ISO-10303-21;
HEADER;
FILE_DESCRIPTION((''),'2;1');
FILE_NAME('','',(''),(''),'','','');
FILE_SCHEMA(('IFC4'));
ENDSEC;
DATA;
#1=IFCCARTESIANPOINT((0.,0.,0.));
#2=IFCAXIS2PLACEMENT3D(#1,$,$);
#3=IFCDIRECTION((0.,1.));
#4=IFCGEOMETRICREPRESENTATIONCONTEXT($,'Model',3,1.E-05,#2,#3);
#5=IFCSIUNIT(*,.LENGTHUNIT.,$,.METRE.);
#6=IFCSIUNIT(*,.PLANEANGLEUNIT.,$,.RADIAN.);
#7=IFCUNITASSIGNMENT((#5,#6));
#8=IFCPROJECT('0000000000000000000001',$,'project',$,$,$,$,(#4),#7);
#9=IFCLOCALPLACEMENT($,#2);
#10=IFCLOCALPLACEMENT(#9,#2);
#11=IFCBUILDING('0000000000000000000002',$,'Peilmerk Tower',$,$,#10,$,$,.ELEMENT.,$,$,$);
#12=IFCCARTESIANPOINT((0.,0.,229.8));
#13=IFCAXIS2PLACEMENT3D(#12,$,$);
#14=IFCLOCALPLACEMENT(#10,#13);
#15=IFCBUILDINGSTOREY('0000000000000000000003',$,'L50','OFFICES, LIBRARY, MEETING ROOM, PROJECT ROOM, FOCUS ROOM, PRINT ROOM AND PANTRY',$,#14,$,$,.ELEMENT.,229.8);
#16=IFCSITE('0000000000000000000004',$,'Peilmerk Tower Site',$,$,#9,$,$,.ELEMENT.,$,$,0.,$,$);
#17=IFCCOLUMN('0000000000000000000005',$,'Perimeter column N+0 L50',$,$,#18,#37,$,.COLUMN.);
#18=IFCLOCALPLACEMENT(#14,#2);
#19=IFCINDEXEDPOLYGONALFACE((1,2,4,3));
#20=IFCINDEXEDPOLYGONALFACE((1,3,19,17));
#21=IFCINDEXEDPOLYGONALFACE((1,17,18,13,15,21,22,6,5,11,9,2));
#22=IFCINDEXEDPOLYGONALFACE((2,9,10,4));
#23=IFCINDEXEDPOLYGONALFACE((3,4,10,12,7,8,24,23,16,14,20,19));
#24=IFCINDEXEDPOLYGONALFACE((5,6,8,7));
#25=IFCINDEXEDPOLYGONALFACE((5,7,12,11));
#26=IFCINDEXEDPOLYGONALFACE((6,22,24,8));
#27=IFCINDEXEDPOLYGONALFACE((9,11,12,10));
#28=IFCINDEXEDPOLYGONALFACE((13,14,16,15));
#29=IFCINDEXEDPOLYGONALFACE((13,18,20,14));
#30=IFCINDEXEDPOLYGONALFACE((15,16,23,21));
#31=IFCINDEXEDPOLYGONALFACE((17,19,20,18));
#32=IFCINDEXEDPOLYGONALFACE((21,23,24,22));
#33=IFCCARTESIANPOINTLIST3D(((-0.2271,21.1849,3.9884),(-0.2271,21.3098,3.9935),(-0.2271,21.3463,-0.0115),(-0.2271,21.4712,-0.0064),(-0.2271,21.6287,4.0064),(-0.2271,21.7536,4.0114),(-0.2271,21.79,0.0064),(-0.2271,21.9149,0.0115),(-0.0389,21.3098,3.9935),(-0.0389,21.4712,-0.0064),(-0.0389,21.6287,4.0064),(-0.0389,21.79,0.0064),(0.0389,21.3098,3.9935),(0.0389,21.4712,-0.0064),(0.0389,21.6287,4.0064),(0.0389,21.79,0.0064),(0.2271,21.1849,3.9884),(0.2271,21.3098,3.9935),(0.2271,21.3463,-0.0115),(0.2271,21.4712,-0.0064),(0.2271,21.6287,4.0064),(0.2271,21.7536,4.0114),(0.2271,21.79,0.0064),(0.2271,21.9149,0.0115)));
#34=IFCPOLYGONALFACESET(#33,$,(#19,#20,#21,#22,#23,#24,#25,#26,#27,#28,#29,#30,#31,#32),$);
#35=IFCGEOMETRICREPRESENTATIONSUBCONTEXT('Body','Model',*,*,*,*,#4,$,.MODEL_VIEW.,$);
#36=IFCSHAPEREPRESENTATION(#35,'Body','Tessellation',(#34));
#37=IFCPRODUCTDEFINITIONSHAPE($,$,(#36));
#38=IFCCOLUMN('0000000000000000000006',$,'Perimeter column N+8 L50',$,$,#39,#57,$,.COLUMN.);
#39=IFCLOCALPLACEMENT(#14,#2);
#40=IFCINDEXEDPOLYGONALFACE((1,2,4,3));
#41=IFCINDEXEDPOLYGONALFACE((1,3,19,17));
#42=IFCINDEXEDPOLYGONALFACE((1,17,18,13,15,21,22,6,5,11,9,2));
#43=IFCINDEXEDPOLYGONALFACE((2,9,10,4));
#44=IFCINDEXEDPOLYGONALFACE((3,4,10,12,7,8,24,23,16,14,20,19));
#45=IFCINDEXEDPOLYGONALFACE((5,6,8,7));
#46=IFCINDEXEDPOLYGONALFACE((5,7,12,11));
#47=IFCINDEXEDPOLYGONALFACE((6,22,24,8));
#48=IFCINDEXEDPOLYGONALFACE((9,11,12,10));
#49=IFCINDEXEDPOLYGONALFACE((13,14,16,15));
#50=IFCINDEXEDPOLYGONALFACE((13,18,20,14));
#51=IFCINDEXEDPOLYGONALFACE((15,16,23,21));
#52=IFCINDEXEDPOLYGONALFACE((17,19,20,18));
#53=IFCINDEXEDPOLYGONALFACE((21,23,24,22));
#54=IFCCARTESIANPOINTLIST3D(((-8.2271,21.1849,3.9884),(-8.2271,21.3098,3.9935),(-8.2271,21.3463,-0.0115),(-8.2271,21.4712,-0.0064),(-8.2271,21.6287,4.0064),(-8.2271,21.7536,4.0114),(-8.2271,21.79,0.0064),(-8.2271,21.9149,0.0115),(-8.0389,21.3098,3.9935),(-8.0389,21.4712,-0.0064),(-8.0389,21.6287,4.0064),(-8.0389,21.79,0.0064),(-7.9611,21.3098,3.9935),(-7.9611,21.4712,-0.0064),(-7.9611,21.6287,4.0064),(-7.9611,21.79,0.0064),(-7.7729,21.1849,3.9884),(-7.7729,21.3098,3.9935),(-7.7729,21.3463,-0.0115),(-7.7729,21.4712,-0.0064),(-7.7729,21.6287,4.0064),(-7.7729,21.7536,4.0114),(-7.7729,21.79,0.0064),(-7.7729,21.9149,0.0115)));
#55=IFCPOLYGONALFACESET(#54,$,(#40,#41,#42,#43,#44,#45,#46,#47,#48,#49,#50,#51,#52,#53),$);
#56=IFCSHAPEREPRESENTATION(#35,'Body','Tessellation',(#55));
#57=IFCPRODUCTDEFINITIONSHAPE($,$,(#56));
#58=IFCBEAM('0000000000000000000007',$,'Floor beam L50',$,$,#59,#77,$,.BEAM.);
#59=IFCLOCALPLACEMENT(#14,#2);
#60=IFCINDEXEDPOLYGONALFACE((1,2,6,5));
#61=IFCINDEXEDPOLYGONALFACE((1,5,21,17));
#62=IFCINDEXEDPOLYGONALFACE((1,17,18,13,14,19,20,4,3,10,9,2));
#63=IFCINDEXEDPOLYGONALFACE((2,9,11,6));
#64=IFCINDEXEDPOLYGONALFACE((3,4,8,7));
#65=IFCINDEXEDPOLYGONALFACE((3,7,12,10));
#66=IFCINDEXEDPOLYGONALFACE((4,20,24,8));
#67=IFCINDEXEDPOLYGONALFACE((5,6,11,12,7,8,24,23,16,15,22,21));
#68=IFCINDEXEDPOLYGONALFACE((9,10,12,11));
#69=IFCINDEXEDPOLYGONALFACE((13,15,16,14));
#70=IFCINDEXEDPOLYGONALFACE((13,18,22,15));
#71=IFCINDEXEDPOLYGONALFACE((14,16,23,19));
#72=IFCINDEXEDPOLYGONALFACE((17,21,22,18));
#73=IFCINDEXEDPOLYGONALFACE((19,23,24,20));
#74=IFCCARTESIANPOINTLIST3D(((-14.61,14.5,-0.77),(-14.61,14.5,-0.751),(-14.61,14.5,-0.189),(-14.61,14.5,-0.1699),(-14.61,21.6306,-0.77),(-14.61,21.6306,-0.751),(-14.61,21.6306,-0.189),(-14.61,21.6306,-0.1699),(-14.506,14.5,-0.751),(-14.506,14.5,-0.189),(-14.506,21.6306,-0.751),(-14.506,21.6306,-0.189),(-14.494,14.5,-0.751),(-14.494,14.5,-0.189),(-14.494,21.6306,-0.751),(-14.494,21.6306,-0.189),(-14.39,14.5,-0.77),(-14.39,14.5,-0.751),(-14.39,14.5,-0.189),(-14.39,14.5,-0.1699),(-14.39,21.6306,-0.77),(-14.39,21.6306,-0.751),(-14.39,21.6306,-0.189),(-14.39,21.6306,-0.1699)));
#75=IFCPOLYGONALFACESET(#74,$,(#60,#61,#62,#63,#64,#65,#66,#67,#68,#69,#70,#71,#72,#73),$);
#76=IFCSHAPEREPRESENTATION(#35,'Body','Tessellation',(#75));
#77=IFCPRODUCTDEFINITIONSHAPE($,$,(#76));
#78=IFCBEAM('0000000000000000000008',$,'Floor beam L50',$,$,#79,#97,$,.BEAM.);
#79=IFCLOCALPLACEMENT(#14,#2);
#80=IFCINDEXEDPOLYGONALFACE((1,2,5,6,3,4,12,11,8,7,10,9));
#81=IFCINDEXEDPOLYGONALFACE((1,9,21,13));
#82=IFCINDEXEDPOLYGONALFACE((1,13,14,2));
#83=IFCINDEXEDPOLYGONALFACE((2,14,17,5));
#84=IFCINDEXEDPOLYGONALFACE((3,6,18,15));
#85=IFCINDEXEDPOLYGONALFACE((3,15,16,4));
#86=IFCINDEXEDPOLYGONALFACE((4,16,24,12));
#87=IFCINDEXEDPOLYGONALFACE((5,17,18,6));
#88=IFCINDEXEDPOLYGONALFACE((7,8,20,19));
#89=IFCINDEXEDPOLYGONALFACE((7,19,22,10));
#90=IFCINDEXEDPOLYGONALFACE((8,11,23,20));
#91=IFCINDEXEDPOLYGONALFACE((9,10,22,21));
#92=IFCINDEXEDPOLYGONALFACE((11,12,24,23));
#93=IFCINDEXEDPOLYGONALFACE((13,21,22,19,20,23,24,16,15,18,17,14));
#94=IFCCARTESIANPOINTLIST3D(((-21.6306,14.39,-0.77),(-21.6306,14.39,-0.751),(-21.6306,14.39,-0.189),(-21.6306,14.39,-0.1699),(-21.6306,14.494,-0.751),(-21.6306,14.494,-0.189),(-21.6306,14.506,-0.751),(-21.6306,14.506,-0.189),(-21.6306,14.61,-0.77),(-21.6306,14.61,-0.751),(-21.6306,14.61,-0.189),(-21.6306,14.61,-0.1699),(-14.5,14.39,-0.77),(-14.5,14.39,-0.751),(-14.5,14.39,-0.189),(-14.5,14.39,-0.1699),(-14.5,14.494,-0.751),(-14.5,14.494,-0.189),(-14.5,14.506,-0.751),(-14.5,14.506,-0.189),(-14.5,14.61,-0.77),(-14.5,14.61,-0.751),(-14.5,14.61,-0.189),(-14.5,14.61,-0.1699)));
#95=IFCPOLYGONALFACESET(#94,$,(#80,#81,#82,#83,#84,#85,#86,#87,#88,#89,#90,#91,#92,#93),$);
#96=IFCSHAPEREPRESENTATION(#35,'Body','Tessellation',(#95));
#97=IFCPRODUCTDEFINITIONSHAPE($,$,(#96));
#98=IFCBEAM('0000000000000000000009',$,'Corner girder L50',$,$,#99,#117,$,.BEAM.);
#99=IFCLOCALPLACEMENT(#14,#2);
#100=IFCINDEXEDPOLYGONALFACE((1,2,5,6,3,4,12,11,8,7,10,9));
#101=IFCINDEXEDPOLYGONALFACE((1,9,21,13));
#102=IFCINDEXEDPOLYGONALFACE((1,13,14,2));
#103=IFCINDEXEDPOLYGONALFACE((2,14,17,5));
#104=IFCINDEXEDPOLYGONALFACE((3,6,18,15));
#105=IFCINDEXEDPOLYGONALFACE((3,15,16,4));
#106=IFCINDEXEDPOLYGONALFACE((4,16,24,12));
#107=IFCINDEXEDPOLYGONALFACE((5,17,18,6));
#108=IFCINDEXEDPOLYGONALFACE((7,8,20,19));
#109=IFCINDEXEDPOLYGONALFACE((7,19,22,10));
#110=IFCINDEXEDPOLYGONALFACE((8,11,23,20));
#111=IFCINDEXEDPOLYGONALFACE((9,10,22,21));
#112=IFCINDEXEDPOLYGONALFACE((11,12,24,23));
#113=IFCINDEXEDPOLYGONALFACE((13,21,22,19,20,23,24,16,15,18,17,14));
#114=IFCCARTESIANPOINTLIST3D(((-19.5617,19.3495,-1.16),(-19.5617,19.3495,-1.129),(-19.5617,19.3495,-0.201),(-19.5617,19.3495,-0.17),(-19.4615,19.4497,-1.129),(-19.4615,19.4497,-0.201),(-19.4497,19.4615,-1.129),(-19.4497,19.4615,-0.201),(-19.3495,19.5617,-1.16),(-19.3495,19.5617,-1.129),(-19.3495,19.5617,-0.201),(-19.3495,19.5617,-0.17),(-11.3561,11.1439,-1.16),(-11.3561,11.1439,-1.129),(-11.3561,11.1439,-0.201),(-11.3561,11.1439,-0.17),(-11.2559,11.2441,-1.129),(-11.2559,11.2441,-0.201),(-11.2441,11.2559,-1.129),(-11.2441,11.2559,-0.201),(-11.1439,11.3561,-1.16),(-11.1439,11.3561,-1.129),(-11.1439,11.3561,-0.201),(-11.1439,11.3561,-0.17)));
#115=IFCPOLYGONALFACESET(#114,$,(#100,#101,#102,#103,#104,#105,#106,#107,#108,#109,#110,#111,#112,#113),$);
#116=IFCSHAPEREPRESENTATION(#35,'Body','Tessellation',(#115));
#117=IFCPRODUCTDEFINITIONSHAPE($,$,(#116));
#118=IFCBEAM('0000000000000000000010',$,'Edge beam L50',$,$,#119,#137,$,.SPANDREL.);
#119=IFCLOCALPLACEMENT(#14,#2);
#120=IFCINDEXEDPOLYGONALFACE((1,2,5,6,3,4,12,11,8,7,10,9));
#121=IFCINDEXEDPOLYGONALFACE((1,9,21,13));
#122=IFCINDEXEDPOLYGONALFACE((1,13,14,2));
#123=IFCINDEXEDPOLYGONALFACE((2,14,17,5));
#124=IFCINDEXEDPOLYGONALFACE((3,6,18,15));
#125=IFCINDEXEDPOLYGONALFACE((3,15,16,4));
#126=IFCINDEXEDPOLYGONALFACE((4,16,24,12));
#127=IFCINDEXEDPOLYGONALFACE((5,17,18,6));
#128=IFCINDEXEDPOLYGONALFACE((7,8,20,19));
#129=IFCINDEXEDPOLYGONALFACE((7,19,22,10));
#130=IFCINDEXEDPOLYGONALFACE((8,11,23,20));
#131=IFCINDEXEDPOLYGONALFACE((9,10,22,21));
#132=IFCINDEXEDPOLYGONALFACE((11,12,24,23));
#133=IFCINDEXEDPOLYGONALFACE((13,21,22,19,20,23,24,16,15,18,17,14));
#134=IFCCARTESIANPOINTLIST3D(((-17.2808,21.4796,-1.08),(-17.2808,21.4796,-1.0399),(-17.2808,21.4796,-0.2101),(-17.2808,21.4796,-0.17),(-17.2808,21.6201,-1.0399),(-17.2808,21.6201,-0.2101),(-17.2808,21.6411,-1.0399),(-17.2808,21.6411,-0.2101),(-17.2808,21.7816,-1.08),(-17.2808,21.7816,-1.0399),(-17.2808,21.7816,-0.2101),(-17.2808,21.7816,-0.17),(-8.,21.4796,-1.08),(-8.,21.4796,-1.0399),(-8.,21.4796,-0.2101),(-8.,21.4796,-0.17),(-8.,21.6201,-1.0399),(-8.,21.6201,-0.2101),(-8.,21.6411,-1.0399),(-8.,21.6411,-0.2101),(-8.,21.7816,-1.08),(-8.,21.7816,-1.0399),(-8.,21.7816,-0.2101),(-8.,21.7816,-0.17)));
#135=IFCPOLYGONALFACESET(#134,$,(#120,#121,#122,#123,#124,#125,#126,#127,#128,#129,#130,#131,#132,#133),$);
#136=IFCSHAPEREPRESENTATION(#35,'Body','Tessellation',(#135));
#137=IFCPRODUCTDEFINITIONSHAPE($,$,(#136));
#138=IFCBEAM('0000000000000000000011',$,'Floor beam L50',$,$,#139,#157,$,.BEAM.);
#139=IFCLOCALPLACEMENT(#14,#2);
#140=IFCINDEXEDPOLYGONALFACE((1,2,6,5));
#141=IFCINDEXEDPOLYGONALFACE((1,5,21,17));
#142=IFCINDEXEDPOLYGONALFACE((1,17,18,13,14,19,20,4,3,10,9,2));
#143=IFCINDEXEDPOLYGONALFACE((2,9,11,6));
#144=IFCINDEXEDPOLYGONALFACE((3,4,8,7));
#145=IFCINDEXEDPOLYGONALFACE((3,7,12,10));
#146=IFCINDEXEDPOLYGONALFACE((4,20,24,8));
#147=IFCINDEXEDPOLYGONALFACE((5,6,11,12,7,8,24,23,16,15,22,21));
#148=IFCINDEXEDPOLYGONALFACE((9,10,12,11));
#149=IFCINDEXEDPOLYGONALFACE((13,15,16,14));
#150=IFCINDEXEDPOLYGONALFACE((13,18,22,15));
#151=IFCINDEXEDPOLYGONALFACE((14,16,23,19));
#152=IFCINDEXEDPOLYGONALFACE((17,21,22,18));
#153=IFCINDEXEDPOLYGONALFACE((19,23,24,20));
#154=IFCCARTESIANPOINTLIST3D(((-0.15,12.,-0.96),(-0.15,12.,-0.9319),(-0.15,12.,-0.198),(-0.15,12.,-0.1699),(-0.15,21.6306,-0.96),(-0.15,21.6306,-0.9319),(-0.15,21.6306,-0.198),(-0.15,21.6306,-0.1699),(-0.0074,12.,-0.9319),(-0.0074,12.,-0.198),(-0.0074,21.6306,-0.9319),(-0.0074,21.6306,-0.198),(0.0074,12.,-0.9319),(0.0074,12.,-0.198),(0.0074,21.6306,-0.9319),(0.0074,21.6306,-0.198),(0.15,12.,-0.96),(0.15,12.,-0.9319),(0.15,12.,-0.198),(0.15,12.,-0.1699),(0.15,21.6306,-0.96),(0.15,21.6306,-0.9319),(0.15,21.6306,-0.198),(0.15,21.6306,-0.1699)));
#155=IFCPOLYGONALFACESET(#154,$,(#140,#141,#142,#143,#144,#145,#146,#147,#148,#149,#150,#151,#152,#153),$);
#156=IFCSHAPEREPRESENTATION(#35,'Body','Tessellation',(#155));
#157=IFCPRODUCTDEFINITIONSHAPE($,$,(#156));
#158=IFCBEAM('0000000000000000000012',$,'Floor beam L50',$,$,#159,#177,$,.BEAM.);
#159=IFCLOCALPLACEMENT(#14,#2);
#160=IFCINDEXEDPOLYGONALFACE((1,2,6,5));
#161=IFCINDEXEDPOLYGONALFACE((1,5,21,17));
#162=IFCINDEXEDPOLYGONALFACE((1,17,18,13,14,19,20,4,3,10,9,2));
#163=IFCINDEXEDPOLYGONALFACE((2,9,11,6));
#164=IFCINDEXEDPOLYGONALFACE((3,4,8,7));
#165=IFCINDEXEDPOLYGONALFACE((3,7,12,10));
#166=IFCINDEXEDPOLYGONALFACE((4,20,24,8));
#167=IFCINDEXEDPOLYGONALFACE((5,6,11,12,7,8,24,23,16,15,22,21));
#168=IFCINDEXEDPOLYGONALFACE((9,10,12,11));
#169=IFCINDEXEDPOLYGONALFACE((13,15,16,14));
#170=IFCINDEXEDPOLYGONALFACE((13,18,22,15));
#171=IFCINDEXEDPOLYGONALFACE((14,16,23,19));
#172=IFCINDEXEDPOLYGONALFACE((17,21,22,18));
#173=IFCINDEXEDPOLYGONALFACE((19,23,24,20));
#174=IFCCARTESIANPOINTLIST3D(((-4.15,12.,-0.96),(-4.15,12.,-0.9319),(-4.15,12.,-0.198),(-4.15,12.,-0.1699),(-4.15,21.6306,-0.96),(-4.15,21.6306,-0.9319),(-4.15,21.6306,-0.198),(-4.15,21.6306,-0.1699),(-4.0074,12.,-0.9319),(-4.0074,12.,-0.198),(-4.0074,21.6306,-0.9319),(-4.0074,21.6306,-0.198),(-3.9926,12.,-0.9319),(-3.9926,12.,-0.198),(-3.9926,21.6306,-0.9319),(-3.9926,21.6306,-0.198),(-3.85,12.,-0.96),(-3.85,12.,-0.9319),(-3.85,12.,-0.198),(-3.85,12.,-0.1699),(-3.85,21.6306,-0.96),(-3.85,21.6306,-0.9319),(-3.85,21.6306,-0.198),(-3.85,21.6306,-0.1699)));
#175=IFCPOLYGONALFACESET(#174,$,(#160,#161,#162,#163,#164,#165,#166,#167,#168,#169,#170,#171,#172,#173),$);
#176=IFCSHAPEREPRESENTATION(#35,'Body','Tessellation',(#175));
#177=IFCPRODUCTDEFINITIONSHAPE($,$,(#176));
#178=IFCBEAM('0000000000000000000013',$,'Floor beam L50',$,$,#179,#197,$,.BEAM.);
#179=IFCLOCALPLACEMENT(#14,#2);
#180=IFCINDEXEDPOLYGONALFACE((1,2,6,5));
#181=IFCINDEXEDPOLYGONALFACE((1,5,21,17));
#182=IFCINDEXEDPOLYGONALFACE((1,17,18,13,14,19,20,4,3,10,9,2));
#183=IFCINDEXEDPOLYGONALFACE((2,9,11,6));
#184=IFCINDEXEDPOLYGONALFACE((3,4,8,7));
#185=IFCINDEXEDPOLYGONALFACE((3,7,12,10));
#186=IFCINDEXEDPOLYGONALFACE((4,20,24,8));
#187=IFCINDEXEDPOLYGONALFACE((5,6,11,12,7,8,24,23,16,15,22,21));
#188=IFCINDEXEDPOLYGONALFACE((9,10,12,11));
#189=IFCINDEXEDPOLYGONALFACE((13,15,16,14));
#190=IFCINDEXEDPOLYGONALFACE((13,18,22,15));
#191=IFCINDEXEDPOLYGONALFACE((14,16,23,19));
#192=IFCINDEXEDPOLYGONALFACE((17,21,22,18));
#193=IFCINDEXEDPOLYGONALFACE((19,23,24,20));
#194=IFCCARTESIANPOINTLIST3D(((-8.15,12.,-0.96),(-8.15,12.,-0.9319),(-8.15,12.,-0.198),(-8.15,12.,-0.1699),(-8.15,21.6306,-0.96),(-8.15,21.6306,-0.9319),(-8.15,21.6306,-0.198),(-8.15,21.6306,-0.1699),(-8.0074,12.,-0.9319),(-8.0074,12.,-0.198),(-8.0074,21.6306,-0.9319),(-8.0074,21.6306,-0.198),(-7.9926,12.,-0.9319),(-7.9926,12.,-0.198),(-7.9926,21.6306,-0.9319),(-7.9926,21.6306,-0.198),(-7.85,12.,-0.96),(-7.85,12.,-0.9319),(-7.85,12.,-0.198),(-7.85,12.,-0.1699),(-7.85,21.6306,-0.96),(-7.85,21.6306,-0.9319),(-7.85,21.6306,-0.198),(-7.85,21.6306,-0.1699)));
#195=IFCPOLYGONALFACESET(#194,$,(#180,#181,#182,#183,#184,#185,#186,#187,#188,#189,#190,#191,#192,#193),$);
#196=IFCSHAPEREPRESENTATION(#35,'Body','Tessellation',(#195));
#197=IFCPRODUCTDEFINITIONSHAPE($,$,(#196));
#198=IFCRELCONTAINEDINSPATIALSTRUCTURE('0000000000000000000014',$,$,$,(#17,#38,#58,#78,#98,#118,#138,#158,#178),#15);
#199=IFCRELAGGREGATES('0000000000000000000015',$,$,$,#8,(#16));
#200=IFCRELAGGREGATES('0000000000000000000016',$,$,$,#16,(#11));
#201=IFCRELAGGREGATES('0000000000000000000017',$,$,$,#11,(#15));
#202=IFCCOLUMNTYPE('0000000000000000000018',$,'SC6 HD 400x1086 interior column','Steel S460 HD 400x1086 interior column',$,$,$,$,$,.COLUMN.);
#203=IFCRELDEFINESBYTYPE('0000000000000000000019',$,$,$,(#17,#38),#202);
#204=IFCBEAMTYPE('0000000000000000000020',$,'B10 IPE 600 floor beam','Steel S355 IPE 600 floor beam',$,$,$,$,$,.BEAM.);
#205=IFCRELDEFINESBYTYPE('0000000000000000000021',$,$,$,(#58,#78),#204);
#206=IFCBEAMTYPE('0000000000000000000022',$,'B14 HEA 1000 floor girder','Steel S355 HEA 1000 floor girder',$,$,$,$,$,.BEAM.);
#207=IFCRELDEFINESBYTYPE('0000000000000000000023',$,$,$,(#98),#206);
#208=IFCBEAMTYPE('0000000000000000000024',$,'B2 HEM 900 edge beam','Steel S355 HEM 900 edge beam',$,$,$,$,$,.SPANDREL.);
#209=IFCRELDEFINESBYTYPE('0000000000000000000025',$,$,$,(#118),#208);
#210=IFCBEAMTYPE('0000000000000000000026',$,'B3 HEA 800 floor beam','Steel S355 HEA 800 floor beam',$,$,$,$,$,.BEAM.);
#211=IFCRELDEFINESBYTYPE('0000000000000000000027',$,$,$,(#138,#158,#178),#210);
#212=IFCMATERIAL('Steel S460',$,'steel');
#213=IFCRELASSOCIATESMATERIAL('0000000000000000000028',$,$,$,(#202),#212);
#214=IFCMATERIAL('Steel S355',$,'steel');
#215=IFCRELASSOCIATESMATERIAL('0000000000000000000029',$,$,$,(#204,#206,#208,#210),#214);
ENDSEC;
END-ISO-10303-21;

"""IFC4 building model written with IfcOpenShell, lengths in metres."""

from ifc_helpers import new_model, si_unit, direction, frame, origin, origin_2d, place, context, subcontext, project, spatial, i_section, extrude, material, material_profile, profile_set, type_object, element, save


model = new_model("IFC4")

# Units and contexts
model_context = context("Model", 3, precision=1e-05, world=origin(), true_north=direction((0.0, 1.0)))
body_context = subcontext(model_context, "Body", "Model", "MODEL_VIEW")
ifc_project = project(units=[si_unit("LENGTHUNIT", "METRE"), si_unit("PLANEANGLEUNIT", "RADIAN")], contexts=[model_context])

# Site, building, storey
site_placement = place(None, origin())
site = spatial("IfcSite", under=ifc_project, at=site_placement, Name="Peilmerk Tower Site", CompositionType="ELEMENT", RefElevation=0.0)
building_placement = place(site_placement, origin())
building = spatial("IfcBuilding", under=site, at=building_placement, Name="Peilmerk Tower", CompositionType="ELEMENT")
storey_placement = place(building_placement, frame((0.0, 0.0, 229.8)))
storey = spatial("IfcBuildingStorey", under=building, at=storey_placement, Name="L50", Description="OFFICES, LIBRARY, MEETING ROOM, PROJECT ROOM, FOCUS ROOM, PRINT ROOM AND PANTRY", CompositionType="ELEMENT", Elevation=229.8)

# Columns
ifc_material_1 = material(Name="Steel S460", Category="steel")
ifc_material_profile_1 = material_profile(ifc_material_1, i_section(OverallWidth=0.4541, OverallDepth=0.5691, WebThickness=0.0779, FlangeThickness=0.125, at=origin_2d()), Name="HD 400x1086")
ifc_profile_set_1 = profile_set([ifc_material_profile_1], Name="Steel S460")
column_type = type_object("IfcColumnType", Name="SC6 HD 400x1086 interior column", Description="Steel S460 HD 400x1086 interior column", PredefinedType="COLUMN", material=ifc_profile_set_1)
for number, where, z_axis, x_axis, name in (
    (1, (0.0, 21.6306, 0.0), (0.0, -0.040311, 0.999187), (1.0, 0.0, 0.0), "Perimeter column N+0 L50"),
    (2, (-8.0, 21.6306, 0.0), (0.0, -0.040311, 0.999187), (1.0, 0.0, 0.0), "Perimeter column N+8 L50"),
):
    element("IfcColumn", number, at=place(storey_placement, frame(where, z_axis=z_axis, x_axis=x_axis)), inside=storey, type_object=column_type, Name=name, PredefinedType="COLUMN", context=body_context, shape_type="SweptSolid", body=[
        extrude(i_section(OverallWidth=0.4541, OverallDepth=0.5691, WebThickness=0.0779, FlangeThickness=0.125, at=origin_2d()), origin(), (0.0, 0.0, 1.0), 4.0032),
    ])

# Beams
ifc_material_2 = material(Name="Steel S355", Category="steel")
ifc_material_profile_2 = material_profile(ifc_material_2, i_section(OverallWidth=0.22, OverallDepth=0.6001, WebThickness=0.012, FlangeThickness=0.019, at=origin_2d()), Name="IPE 600")
ifc_profile_set_2 = profile_set([ifc_material_profile_2], Name="Steel S355")
beam_type_1 = type_object("IfcBeamType", Name="B10 IPE 600 floor beam", Description="Steel S355 IPE 600 floor beam", PredefinedType="BEAM", material=ifc_profile_set_2)
for number, where, z_axis, x_axis, name in (
    (3, (-14.5, 14.5, -0.47), (0.0, 1.0, 0.0), (-1.0, 0.0, 0.0), "Floor beam L50"),
    (4, (-14.5, 14.5, -0.47), (-1.0, 0.0, 0.0), (0.0, -1.0, 0.0), "Floor beam L50"),
):
    element("IfcBeam", number, at=place(storey_placement, frame(where, z_axis=z_axis, x_axis=x_axis)), inside=storey, type_object=beam_type_1, Name=name, PredefinedType="BEAM", context=body_context, shape_type="SweptSolid", body=[
        extrude(i_section(OverallWidth=0.22, OverallDepth=0.6001, WebThickness=0.012, FlangeThickness=0.019, at=origin_2d()), origin(), (0.0, 0.0, 1.0), 7.1306),
    ])
ifc_material_profile_3 = material_profile(ifc_material_2, i_section(OverallWidth=0.3, OverallDepth=0.99, WebThickness=0.0166, FlangeThickness=0.031, at=origin_2d()), Name="HEA 1000")
ifc_profile_set_3 = profile_set([ifc_material_profile_3], Name="Steel S355")
beam_type_2 = type_object("IfcBeamType", Name="B14 HEA 1000 floor girder", Description="Steel S355 HEA 1000 floor girder", PredefinedType="BEAM", material=ifc_profile_set_3)
beam_1_placement = place(storey_placement, frame((-11.25, 11.25, -0.665), z_axis=(-0.707107, 0.707107, 0.0), x_axis=(-0.707107, -0.707107, 0.0)))
element("IfcBeam", 5, at=beam_1_placement, inside=storey, type_object=beam_type_2, Name="Corner girder L50", PredefinedType="BEAM", context=body_context, shape_type="SweptSolid", body=[
    extrude(i_section(OverallWidth=0.3, OverallDepth=0.99, WebThickness=0.0166, FlangeThickness=0.031, at=origin_2d()), origin(), (0.0, 0.0, 1.0), 11.6045),
])
ifc_material_profile_4 = material_profile(ifc_material_2, i_section(OverallWidth=0.302, OverallDepth=0.9099, WebThickness=0.021, FlangeThickness=0.04, at=origin_2d()), Name="HEM 900")
ifc_profile_set_4 = profile_set([ifc_material_profile_4], Name="Steel S355")
beam_type_3 = type_object("IfcBeamType", Name="B2 HEM 900 edge beam", Description="Steel S355 HEM 900 edge beam", PredefinedType="SPANDREL", material=ifc_profile_set_4)
beam_2_placement = place(storey_placement, frame((-8.0, 21.6306, -0.625), z_axis=(-1.0, 0.0, 0.0), x_axis=(0.0, -1.0, 0.0)))
element("IfcBeam", 6, at=beam_2_placement, inside=storey, type_object=beam_type_3, Name="Edge beam L50", PredefinedType="SPANDREL", context=body_context, shape_type="SweptSolid", body=[
    extrude(i_section(OverallWidth=0.302, OverallDepth=0.9099, WebThickness=0.021, FlangeThickness=0.04, at=origin_2d()), origin(), (0.0, 0.0, 1.0), 9.2808),
])
ifc_material_profile_5 = material_profile(ifc_material_2, i_section(OverallWidth=0.3, OverallDepth=0.79, WebThickness=0.0149, FlangeThickness=0.0281, at=origin_2d()), Name="HEA 800")
ifc_profile_set_5 = profile_set([ifc_material_profile_5], Name="Steel S355")
beam_type_4 = type_object("IfcBeamType", Name="B3 HEA 800 floor beam", Description="Steel S355 HEA 800 floor beam", PredefinedType="BEAM", material=ifc_profile_set_5)
for number, where, z_axis, x_axis, name in (
    (7, (0.0, 12.0, -0.5649), (0.0, 1.0, 0.0), (-1.0, 0.0, 0.0), "Floor beam L50"),
    (8, (-4.0, 12.0, -0.5649), (0.0, 1.0, 0.0), (-1.0, 0.0, 0.0), "Floor beam L50"),
    (9, (-8.0, 12.0, -0.5649), (0.0, 1.0, 0.0), (-1.0, 0.0, 0.0), "Floor beam L50"),
):
    element("IfcBeam", number, at=place(storey_placement, frame(where, z_axis=z_axis, x_axis=x_axis)), inside=storey, type_object=beam_type_4, Name=name, PredefinedType="BEAM", context=body_context, shape_type="SweptSolid", body=[
        extrude(i_section(OverallWidth=0.3, OverallDepth=0.79, WebThickness=0.0149, FlangeThickness=0.0281, at=origin_2d()), origin(), (0.0, 0.0, 1.0), 9.6306),
    ])

save(model, "model.ifc")
